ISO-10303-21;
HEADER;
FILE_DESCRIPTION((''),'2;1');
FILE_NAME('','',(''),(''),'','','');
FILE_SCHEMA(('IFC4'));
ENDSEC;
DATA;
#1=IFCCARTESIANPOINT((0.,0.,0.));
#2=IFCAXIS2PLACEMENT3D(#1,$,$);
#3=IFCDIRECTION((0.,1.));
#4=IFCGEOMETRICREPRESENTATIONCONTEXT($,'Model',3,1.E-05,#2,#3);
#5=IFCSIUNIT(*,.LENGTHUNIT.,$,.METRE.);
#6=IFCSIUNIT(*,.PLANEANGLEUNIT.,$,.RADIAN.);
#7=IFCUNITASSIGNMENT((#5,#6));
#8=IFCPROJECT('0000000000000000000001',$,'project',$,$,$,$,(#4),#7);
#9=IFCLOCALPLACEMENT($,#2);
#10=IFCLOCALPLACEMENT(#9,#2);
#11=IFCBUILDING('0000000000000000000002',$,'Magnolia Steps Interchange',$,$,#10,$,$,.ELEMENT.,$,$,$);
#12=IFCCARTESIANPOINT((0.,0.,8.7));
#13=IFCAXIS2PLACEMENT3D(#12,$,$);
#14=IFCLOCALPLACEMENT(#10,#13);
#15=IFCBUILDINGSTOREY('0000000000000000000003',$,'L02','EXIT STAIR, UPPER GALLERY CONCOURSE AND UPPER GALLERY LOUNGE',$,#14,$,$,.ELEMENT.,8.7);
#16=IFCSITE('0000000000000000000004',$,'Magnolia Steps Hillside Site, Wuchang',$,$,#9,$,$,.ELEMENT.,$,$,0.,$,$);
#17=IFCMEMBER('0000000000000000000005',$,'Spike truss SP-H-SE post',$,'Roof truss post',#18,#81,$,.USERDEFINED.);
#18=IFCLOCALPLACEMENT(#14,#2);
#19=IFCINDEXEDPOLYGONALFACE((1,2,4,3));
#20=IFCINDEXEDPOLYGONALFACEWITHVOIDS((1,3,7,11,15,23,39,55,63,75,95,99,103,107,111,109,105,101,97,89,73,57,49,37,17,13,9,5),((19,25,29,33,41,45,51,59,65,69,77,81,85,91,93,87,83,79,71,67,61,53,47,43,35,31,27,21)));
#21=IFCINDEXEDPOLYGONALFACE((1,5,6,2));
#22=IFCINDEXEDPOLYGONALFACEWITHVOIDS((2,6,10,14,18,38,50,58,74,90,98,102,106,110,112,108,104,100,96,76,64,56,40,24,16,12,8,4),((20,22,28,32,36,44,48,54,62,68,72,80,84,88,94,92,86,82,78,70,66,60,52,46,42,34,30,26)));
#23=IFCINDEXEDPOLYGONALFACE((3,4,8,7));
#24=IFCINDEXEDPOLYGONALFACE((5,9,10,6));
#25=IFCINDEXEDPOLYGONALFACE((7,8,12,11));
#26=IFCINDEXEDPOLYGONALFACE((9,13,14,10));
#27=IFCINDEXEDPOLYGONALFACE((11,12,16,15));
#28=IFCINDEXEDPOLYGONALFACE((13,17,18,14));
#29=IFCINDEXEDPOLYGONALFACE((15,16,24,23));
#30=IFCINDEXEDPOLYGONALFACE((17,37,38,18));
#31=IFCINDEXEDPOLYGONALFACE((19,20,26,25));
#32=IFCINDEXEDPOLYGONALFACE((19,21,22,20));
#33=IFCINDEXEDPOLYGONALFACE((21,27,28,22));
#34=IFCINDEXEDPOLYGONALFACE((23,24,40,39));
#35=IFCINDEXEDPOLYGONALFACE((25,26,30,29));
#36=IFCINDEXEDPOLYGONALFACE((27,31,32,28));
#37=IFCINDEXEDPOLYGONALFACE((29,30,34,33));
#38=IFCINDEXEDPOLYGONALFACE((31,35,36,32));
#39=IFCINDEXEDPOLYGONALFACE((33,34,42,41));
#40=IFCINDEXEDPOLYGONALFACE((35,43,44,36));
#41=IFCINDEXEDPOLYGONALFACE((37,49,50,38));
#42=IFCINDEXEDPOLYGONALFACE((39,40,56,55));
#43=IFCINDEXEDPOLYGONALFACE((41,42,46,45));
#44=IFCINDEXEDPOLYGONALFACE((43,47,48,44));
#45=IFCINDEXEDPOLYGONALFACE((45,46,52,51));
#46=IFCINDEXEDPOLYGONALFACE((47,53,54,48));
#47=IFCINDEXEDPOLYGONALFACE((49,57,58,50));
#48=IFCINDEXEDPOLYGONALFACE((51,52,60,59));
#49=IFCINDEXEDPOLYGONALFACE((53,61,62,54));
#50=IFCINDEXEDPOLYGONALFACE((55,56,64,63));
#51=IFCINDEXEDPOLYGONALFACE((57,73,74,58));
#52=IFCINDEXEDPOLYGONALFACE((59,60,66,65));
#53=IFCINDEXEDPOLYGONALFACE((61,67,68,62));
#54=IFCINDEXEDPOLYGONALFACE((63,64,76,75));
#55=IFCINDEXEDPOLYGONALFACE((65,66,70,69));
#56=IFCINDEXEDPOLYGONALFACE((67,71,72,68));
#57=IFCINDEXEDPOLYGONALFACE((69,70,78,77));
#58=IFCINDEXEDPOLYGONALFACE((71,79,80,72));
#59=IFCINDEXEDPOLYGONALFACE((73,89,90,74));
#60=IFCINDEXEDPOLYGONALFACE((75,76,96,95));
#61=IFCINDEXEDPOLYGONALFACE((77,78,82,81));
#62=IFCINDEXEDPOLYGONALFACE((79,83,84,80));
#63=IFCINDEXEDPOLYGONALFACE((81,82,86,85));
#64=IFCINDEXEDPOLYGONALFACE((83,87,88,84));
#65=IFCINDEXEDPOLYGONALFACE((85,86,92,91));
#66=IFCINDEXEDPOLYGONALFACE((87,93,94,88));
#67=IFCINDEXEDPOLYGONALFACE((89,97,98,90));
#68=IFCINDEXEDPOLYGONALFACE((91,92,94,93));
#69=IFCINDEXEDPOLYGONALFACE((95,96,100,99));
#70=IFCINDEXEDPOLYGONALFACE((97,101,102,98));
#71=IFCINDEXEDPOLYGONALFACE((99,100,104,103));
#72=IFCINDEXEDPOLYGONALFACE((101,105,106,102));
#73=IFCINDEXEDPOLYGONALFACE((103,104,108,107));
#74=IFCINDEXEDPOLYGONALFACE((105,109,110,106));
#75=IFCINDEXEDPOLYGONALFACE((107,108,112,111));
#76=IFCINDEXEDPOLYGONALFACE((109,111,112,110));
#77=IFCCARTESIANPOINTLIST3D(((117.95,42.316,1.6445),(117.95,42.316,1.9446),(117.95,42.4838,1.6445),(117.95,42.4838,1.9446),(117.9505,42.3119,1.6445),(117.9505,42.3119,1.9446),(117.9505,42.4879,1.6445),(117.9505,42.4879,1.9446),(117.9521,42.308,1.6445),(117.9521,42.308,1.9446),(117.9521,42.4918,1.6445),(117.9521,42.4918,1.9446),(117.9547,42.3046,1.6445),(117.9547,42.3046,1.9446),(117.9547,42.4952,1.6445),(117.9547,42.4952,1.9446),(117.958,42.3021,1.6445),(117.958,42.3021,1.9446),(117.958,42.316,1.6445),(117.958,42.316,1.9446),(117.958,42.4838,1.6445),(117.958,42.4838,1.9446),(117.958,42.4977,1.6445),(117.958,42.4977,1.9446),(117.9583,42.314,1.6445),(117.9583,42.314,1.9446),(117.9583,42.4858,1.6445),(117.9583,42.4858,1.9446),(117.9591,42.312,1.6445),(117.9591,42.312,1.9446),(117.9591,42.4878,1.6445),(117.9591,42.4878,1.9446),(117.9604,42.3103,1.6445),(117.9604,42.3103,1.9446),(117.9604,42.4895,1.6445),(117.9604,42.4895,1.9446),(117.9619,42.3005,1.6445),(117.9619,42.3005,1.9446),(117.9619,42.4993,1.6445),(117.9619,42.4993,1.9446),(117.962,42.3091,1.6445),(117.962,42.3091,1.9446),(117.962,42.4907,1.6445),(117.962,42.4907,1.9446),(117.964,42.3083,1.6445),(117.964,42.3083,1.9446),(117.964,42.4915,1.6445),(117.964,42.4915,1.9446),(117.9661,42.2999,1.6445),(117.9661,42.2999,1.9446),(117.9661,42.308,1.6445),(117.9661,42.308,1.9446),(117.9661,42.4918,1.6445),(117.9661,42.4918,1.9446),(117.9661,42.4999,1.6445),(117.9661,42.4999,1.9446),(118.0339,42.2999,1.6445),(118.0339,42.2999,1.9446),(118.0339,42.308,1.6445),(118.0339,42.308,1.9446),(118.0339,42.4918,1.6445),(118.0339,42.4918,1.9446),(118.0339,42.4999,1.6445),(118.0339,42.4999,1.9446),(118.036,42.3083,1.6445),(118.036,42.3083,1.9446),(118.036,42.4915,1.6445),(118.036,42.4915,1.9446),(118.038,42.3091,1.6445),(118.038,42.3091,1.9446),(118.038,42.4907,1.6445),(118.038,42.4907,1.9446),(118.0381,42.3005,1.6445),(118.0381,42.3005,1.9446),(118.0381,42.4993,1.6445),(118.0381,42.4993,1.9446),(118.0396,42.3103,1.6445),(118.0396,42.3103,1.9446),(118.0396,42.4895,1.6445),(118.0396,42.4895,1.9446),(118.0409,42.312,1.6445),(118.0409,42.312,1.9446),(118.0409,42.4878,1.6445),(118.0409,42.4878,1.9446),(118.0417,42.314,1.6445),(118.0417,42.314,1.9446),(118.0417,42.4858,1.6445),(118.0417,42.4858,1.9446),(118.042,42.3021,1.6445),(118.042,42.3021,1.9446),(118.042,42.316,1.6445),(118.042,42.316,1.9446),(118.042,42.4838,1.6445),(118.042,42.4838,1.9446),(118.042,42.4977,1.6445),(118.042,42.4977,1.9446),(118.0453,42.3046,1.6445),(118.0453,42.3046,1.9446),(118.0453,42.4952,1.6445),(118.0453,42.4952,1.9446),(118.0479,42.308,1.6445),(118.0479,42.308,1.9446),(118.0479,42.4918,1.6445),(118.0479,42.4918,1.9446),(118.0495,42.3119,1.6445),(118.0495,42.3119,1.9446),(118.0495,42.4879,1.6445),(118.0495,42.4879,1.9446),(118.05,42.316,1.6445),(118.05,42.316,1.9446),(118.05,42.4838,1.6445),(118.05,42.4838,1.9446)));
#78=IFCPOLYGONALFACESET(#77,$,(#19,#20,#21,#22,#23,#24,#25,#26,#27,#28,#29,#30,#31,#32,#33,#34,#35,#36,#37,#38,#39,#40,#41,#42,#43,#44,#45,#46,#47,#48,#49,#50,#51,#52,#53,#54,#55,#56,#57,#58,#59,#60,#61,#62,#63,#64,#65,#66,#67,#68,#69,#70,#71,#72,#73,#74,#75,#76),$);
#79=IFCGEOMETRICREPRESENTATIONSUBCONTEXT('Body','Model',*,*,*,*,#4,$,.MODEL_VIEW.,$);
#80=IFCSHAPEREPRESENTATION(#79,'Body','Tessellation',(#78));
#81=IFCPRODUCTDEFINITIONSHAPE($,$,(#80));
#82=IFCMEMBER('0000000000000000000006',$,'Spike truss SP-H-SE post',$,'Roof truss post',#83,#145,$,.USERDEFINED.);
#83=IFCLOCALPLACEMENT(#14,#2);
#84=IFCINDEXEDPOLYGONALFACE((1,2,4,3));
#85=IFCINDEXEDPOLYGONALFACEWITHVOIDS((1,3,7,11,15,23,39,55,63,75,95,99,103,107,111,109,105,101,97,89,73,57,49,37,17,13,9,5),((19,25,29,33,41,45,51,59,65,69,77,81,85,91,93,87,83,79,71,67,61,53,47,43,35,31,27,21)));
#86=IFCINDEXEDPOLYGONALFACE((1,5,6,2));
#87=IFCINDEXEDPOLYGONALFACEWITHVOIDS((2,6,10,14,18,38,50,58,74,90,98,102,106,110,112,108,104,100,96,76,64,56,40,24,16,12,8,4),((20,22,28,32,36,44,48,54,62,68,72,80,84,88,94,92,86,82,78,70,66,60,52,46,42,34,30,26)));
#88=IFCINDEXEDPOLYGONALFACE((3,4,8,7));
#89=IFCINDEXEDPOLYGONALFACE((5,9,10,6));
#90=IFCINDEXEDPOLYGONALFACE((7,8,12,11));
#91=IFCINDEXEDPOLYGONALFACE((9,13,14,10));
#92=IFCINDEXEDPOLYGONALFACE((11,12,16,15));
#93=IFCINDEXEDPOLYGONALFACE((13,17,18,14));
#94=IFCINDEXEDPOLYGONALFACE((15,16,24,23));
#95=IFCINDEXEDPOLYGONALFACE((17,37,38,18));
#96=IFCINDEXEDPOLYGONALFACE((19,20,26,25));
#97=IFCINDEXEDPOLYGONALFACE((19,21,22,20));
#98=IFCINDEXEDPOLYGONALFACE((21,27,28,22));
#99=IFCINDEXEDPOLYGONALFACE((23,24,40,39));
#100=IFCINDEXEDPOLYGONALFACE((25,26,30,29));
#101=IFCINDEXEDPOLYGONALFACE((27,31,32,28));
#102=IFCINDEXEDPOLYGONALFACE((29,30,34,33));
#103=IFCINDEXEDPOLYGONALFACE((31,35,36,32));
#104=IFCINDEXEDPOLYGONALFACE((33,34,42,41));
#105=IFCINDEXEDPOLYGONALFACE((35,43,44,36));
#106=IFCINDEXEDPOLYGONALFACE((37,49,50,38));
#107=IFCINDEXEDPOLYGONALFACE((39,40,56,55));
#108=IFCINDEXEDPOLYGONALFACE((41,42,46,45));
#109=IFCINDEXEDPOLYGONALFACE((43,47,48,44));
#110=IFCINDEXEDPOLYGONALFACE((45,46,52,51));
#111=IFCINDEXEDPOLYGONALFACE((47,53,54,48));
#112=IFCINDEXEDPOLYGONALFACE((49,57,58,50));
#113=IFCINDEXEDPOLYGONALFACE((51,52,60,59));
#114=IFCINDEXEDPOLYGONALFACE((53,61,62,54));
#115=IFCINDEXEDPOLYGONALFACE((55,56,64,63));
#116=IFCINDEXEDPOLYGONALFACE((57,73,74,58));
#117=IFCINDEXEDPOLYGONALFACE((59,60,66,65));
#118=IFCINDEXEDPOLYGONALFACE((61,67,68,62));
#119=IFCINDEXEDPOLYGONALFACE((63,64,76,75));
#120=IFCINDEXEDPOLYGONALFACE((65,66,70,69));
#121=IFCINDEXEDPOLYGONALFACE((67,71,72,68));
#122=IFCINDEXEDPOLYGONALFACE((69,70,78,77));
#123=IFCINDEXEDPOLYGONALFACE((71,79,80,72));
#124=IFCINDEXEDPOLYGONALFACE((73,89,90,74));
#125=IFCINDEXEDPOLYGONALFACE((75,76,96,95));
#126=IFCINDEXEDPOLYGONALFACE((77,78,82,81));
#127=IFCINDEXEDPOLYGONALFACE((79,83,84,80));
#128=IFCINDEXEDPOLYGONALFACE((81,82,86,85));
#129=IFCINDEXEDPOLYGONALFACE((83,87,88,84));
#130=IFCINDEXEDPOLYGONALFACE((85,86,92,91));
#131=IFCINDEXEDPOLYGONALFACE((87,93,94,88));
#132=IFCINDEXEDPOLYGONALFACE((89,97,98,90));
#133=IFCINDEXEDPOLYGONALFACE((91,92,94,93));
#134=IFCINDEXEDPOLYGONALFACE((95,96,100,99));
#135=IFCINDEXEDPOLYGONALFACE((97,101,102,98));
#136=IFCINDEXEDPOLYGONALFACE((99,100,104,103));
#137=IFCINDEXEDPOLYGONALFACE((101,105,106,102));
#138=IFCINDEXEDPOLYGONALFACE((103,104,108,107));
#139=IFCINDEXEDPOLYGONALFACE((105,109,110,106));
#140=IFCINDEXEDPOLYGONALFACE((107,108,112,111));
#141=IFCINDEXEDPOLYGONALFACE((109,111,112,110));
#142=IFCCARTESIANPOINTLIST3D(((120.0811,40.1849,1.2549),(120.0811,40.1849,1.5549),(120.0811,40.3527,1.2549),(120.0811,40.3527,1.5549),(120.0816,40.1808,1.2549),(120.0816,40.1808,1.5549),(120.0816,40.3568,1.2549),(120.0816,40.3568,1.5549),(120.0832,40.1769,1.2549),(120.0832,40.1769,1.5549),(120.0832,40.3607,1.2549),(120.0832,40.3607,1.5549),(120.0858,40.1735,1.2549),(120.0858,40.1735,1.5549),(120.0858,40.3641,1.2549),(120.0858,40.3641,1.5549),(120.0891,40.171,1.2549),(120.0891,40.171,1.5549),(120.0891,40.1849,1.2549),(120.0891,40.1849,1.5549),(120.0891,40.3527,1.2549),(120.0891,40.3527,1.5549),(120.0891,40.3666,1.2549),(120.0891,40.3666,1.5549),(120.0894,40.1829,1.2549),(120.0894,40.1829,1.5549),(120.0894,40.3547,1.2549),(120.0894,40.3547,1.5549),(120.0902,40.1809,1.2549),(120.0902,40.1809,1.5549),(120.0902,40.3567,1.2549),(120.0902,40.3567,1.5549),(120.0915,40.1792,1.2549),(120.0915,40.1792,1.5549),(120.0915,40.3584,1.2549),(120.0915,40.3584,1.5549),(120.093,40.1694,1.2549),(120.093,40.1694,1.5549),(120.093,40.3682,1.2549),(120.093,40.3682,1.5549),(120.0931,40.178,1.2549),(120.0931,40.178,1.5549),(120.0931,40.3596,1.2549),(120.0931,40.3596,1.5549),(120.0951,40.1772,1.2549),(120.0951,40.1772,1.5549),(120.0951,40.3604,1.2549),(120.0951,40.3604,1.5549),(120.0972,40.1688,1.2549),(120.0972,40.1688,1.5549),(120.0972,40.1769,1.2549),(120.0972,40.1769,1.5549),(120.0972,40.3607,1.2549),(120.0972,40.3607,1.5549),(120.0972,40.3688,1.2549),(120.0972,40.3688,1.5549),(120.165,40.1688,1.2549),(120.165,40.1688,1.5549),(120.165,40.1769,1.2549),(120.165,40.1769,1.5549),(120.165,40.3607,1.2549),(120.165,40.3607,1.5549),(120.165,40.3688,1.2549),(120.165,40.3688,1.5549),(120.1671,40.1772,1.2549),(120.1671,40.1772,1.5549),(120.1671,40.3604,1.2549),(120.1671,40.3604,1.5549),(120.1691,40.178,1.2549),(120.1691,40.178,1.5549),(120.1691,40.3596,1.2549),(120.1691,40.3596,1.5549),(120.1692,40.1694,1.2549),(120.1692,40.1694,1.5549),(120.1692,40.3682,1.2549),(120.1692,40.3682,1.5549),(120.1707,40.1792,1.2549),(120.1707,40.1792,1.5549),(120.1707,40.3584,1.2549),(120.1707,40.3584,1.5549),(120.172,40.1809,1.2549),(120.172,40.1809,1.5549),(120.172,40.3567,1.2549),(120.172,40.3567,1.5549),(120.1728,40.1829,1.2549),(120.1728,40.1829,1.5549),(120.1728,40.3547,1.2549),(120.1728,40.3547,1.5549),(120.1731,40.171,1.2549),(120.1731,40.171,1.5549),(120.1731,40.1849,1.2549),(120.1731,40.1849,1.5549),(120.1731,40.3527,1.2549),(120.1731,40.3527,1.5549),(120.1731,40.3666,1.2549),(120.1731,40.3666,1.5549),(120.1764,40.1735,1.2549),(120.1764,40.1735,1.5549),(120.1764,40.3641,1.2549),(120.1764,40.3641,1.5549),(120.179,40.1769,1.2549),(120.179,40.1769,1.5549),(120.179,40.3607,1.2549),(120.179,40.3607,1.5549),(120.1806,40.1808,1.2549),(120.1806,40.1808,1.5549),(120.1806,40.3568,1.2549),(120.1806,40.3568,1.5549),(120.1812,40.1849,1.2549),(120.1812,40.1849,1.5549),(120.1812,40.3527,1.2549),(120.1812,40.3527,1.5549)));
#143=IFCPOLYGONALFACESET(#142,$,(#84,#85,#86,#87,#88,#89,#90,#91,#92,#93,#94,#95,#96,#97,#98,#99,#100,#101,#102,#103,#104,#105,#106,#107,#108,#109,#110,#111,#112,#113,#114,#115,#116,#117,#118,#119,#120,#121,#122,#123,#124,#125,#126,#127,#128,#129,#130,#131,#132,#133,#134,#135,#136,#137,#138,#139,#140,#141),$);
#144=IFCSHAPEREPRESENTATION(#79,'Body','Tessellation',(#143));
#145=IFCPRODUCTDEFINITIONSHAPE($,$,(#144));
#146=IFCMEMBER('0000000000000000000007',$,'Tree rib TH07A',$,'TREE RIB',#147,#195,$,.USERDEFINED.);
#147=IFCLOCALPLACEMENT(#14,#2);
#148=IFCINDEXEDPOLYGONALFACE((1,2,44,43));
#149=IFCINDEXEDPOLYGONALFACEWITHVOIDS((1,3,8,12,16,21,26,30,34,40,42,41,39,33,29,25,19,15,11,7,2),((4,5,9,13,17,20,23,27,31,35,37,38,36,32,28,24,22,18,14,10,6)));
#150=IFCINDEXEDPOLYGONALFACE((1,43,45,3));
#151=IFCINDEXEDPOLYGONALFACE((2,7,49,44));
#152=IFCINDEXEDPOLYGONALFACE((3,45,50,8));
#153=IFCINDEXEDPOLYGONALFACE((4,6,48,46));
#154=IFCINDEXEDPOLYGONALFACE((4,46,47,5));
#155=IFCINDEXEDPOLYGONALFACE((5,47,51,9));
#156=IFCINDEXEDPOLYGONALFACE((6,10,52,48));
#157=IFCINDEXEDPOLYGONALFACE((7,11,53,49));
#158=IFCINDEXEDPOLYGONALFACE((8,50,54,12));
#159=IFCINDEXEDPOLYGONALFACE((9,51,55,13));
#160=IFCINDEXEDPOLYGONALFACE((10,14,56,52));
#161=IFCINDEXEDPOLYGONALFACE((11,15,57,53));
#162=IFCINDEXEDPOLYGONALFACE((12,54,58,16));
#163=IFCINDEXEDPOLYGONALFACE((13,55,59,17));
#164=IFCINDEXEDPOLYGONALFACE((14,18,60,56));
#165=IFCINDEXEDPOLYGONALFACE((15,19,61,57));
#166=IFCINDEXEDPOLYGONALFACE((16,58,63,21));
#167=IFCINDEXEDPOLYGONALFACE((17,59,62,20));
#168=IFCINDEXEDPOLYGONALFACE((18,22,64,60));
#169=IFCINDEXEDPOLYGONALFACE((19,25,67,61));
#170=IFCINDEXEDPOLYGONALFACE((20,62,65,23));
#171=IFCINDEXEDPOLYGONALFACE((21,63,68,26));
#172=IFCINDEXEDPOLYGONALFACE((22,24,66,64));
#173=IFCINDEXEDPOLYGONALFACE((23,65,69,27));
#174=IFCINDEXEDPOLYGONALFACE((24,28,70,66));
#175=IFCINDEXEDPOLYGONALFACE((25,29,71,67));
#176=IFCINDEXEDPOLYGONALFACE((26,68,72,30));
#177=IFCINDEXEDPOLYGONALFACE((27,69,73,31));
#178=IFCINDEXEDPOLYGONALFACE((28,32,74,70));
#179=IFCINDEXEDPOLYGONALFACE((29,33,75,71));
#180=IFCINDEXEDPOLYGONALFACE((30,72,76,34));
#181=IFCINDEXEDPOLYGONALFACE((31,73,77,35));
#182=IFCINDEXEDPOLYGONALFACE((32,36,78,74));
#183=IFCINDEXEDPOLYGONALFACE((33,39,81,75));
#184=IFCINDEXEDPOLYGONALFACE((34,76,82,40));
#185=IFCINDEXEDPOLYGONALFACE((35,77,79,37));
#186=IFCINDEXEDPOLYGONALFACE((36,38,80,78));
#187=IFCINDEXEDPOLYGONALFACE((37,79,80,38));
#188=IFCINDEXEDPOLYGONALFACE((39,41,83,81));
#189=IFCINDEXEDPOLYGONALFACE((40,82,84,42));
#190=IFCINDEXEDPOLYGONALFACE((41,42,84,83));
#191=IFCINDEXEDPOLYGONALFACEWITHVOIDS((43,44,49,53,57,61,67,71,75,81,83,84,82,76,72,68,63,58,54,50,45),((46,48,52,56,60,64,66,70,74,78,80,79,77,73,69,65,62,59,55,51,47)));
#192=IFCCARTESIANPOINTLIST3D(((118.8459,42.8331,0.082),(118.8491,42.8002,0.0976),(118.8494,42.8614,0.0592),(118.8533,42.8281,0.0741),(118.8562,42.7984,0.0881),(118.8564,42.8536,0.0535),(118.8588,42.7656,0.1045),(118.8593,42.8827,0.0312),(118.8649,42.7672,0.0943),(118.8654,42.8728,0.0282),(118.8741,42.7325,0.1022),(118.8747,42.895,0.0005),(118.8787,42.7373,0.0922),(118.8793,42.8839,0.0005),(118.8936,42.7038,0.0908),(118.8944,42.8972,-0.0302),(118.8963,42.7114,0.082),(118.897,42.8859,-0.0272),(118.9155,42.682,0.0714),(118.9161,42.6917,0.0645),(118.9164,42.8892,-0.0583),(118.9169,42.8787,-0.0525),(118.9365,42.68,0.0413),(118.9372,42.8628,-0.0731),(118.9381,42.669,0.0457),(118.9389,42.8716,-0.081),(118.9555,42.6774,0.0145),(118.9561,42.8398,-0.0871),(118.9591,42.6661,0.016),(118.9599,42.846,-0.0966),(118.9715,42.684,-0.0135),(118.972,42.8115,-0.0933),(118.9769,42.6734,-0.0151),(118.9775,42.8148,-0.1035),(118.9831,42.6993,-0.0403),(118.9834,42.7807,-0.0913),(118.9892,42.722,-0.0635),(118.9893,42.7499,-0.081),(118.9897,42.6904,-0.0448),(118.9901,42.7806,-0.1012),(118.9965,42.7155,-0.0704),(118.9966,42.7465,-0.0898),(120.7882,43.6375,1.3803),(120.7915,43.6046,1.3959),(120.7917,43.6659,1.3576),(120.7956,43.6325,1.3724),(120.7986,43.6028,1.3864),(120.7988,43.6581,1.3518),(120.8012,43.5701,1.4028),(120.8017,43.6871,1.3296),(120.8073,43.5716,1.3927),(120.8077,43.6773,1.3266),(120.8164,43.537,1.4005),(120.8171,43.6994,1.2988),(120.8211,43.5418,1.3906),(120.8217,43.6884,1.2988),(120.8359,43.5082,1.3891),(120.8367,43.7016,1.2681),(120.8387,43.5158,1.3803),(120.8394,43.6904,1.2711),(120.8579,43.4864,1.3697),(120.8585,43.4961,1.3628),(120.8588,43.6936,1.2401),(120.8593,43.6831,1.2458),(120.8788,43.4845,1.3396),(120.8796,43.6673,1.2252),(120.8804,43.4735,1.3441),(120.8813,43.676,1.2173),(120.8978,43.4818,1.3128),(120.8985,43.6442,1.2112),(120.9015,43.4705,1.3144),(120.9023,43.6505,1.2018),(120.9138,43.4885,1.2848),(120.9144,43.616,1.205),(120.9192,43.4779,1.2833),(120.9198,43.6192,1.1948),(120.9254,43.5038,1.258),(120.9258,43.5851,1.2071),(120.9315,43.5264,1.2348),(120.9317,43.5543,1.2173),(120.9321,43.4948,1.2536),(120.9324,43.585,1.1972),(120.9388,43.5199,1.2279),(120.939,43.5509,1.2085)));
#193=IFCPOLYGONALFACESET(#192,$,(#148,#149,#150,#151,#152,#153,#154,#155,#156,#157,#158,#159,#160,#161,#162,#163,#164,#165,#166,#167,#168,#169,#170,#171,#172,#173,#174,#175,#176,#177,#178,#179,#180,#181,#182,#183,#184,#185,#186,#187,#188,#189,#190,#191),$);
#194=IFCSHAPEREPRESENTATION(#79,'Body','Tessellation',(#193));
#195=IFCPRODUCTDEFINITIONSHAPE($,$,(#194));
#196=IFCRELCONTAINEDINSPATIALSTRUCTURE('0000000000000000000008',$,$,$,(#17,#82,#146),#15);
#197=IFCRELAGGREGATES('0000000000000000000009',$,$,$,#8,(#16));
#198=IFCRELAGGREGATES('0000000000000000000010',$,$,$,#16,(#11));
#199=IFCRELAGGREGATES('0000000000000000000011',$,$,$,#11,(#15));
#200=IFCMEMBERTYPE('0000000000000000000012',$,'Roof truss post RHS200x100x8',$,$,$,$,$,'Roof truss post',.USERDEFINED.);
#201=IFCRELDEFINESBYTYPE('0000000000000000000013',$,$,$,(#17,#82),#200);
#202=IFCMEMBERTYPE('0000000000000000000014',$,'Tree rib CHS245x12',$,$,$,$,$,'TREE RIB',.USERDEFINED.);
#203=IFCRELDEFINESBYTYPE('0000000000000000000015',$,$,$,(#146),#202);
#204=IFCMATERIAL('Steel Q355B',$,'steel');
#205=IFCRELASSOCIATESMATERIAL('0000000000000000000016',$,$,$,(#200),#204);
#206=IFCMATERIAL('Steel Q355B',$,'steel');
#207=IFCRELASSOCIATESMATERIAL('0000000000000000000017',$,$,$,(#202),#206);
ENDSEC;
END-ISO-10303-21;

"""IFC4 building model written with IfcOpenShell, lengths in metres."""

from ifc_helpers import new_model, si_unit, direction, frame, origin, origin_2d, place, context, subcontext, project, spatial, hollow_rectangle, hollow_circle, extrude, material, material_profile, profile_set, type_object, element, save


model = new_model("IFC4")

# Units and contexts
model_context = context("Model", 3, precision=1e-05, world=origin(), true_north=direction((0.0, 1.0)))
body_context = subcontext(model_context, "Body", "Model", "MODEL_VIEW")
ifc_project = project(units=[si_unit("LENGTHUNIT", "METRE"), si_unit("PLANEANGLEUNIT", "RADIAN")], contexts=[model_context])

# Site, building, storey
site_placement = place(None, origin())
site = spatial("IfcSite", under=ifc_project, at=site_placement, Name="Magnolia Steps Hillside Site, Wuchang", CompositionType="ELEMENT", RefElevation=0.0)
building_placement = place(site_placement, origin())
building = spatial("IfcBuilding", under=site, at=building_placement, Name="Magnolia Steps Interchange", CompositionType="ELEMENT")
storey_placement = place(building_placement, frame((0.0, 0.0, 8.7)))
storey = spatial("IfcBuildingStorey", under=building, at=storey_placement, Name="L02", Description="EXIT STAIR, UPPER GALLERY CONCOURSE AND UPPER GALLERY LOUNGE", CompositionType="ELEMENT", Elevation=8.7)

# Members
ifc_material_1 = material(Name="Steel Q355B", Category="steel")
ifc_material_profile_1 = material_profile(ifc_material_1, hollow_rectangle(XDim=0.1001, YDim=0.2, WallThickness=0.0081, InnerFilletRadius=0.0081, OuterFilletRadius=0.0161, at=origin_2d()), Name="RHS200x100x8")
ifc_profile_set_1 = profile_set([ifc_material_profile_1], Name="Steel Q355B")
member_type_1 = type_object("IfcMemberType", Name="Roof truss post RHS200x100x8", ElementType="Roof truss post", PredefinedType="USERDEFINED", material=ifc_profile_set_1)
for number, where, z_axis, x_axis, name in (
    (1, (118.0, 42.3999, 1.6445), (0.0, 0.0, 1.0), (1.0, 0.0, 0.0), "Spike truss SP-H-SE post"),
    (2, (120.1311, 40.2688, 1.2549), (0.0, 0.0, 1.0), (1.0, 0.0, 0.0), "Spike truss SP-H-SE post"),
):
    element("IfcMember", number, at=place(storey_placement, frame(where, z_axis=z_axis, x_axis=x_axis)), inside=storey, type_object=member_type_1, Name=name, ObjectType="Roof truss post", PredefinedType="USERDEFINED", context=body_context, shape_type="SweptSolid", body=[
        extrude(hollow_rectangle(XDim=0.1001, YDim=0.2, WallThickness=0.0081, InnerFilletRadius=0.0081, OuterFilletRadius=0.0161, at=origin_2d()), origin(), (0.0, 0.0, 1.0), 0.3),
    ])
ifc_material_2 = material(Name="Steel Q355B", Category="steel")
ifc_material_profile_2 = material_profile(ifc_material_2, hollow_circle(Radius=0.1226, WallThickness=0.012, at=origin_2d()), Name="CHS245x12")
ifc_profile_set_2 = profile_set([ifc_material_profile_2], Name="Steel Q355B")
member_type_2 = type_object("IfcMemberType", Name="Tree rib CHS245x12", ElementType="TREE RIB", PredefinedType="USERDEFINED", material=ifc_profile_set_2)
for number, where, z_axis, x_axis, name in (
    (3, (118.9216, 42.7817, 0.0005), (0.786083, 0.325558, 0.525438), (-0.382636, 0.923899, 0.0), "Tree rib TH07A"),
):
    element("IfcMember", number, at=place(storey_placement, frame(where, z_axis=z_axis, x_axis=x_axis)), inside=storey, type_object=member_type_2, Name=name, ObjectType="TREE RIB", PredefinedType="USERDEFINED", context=body_context, shape_type="SweptSolid", body=[
        extrude(hollow_circle(Radius=0.1226, WallThickness=0.012, at=origin_2d()), origin(), (0.0, 0.0, 1.0), 2.4709),
    ])

save(model, "model.ifc")
